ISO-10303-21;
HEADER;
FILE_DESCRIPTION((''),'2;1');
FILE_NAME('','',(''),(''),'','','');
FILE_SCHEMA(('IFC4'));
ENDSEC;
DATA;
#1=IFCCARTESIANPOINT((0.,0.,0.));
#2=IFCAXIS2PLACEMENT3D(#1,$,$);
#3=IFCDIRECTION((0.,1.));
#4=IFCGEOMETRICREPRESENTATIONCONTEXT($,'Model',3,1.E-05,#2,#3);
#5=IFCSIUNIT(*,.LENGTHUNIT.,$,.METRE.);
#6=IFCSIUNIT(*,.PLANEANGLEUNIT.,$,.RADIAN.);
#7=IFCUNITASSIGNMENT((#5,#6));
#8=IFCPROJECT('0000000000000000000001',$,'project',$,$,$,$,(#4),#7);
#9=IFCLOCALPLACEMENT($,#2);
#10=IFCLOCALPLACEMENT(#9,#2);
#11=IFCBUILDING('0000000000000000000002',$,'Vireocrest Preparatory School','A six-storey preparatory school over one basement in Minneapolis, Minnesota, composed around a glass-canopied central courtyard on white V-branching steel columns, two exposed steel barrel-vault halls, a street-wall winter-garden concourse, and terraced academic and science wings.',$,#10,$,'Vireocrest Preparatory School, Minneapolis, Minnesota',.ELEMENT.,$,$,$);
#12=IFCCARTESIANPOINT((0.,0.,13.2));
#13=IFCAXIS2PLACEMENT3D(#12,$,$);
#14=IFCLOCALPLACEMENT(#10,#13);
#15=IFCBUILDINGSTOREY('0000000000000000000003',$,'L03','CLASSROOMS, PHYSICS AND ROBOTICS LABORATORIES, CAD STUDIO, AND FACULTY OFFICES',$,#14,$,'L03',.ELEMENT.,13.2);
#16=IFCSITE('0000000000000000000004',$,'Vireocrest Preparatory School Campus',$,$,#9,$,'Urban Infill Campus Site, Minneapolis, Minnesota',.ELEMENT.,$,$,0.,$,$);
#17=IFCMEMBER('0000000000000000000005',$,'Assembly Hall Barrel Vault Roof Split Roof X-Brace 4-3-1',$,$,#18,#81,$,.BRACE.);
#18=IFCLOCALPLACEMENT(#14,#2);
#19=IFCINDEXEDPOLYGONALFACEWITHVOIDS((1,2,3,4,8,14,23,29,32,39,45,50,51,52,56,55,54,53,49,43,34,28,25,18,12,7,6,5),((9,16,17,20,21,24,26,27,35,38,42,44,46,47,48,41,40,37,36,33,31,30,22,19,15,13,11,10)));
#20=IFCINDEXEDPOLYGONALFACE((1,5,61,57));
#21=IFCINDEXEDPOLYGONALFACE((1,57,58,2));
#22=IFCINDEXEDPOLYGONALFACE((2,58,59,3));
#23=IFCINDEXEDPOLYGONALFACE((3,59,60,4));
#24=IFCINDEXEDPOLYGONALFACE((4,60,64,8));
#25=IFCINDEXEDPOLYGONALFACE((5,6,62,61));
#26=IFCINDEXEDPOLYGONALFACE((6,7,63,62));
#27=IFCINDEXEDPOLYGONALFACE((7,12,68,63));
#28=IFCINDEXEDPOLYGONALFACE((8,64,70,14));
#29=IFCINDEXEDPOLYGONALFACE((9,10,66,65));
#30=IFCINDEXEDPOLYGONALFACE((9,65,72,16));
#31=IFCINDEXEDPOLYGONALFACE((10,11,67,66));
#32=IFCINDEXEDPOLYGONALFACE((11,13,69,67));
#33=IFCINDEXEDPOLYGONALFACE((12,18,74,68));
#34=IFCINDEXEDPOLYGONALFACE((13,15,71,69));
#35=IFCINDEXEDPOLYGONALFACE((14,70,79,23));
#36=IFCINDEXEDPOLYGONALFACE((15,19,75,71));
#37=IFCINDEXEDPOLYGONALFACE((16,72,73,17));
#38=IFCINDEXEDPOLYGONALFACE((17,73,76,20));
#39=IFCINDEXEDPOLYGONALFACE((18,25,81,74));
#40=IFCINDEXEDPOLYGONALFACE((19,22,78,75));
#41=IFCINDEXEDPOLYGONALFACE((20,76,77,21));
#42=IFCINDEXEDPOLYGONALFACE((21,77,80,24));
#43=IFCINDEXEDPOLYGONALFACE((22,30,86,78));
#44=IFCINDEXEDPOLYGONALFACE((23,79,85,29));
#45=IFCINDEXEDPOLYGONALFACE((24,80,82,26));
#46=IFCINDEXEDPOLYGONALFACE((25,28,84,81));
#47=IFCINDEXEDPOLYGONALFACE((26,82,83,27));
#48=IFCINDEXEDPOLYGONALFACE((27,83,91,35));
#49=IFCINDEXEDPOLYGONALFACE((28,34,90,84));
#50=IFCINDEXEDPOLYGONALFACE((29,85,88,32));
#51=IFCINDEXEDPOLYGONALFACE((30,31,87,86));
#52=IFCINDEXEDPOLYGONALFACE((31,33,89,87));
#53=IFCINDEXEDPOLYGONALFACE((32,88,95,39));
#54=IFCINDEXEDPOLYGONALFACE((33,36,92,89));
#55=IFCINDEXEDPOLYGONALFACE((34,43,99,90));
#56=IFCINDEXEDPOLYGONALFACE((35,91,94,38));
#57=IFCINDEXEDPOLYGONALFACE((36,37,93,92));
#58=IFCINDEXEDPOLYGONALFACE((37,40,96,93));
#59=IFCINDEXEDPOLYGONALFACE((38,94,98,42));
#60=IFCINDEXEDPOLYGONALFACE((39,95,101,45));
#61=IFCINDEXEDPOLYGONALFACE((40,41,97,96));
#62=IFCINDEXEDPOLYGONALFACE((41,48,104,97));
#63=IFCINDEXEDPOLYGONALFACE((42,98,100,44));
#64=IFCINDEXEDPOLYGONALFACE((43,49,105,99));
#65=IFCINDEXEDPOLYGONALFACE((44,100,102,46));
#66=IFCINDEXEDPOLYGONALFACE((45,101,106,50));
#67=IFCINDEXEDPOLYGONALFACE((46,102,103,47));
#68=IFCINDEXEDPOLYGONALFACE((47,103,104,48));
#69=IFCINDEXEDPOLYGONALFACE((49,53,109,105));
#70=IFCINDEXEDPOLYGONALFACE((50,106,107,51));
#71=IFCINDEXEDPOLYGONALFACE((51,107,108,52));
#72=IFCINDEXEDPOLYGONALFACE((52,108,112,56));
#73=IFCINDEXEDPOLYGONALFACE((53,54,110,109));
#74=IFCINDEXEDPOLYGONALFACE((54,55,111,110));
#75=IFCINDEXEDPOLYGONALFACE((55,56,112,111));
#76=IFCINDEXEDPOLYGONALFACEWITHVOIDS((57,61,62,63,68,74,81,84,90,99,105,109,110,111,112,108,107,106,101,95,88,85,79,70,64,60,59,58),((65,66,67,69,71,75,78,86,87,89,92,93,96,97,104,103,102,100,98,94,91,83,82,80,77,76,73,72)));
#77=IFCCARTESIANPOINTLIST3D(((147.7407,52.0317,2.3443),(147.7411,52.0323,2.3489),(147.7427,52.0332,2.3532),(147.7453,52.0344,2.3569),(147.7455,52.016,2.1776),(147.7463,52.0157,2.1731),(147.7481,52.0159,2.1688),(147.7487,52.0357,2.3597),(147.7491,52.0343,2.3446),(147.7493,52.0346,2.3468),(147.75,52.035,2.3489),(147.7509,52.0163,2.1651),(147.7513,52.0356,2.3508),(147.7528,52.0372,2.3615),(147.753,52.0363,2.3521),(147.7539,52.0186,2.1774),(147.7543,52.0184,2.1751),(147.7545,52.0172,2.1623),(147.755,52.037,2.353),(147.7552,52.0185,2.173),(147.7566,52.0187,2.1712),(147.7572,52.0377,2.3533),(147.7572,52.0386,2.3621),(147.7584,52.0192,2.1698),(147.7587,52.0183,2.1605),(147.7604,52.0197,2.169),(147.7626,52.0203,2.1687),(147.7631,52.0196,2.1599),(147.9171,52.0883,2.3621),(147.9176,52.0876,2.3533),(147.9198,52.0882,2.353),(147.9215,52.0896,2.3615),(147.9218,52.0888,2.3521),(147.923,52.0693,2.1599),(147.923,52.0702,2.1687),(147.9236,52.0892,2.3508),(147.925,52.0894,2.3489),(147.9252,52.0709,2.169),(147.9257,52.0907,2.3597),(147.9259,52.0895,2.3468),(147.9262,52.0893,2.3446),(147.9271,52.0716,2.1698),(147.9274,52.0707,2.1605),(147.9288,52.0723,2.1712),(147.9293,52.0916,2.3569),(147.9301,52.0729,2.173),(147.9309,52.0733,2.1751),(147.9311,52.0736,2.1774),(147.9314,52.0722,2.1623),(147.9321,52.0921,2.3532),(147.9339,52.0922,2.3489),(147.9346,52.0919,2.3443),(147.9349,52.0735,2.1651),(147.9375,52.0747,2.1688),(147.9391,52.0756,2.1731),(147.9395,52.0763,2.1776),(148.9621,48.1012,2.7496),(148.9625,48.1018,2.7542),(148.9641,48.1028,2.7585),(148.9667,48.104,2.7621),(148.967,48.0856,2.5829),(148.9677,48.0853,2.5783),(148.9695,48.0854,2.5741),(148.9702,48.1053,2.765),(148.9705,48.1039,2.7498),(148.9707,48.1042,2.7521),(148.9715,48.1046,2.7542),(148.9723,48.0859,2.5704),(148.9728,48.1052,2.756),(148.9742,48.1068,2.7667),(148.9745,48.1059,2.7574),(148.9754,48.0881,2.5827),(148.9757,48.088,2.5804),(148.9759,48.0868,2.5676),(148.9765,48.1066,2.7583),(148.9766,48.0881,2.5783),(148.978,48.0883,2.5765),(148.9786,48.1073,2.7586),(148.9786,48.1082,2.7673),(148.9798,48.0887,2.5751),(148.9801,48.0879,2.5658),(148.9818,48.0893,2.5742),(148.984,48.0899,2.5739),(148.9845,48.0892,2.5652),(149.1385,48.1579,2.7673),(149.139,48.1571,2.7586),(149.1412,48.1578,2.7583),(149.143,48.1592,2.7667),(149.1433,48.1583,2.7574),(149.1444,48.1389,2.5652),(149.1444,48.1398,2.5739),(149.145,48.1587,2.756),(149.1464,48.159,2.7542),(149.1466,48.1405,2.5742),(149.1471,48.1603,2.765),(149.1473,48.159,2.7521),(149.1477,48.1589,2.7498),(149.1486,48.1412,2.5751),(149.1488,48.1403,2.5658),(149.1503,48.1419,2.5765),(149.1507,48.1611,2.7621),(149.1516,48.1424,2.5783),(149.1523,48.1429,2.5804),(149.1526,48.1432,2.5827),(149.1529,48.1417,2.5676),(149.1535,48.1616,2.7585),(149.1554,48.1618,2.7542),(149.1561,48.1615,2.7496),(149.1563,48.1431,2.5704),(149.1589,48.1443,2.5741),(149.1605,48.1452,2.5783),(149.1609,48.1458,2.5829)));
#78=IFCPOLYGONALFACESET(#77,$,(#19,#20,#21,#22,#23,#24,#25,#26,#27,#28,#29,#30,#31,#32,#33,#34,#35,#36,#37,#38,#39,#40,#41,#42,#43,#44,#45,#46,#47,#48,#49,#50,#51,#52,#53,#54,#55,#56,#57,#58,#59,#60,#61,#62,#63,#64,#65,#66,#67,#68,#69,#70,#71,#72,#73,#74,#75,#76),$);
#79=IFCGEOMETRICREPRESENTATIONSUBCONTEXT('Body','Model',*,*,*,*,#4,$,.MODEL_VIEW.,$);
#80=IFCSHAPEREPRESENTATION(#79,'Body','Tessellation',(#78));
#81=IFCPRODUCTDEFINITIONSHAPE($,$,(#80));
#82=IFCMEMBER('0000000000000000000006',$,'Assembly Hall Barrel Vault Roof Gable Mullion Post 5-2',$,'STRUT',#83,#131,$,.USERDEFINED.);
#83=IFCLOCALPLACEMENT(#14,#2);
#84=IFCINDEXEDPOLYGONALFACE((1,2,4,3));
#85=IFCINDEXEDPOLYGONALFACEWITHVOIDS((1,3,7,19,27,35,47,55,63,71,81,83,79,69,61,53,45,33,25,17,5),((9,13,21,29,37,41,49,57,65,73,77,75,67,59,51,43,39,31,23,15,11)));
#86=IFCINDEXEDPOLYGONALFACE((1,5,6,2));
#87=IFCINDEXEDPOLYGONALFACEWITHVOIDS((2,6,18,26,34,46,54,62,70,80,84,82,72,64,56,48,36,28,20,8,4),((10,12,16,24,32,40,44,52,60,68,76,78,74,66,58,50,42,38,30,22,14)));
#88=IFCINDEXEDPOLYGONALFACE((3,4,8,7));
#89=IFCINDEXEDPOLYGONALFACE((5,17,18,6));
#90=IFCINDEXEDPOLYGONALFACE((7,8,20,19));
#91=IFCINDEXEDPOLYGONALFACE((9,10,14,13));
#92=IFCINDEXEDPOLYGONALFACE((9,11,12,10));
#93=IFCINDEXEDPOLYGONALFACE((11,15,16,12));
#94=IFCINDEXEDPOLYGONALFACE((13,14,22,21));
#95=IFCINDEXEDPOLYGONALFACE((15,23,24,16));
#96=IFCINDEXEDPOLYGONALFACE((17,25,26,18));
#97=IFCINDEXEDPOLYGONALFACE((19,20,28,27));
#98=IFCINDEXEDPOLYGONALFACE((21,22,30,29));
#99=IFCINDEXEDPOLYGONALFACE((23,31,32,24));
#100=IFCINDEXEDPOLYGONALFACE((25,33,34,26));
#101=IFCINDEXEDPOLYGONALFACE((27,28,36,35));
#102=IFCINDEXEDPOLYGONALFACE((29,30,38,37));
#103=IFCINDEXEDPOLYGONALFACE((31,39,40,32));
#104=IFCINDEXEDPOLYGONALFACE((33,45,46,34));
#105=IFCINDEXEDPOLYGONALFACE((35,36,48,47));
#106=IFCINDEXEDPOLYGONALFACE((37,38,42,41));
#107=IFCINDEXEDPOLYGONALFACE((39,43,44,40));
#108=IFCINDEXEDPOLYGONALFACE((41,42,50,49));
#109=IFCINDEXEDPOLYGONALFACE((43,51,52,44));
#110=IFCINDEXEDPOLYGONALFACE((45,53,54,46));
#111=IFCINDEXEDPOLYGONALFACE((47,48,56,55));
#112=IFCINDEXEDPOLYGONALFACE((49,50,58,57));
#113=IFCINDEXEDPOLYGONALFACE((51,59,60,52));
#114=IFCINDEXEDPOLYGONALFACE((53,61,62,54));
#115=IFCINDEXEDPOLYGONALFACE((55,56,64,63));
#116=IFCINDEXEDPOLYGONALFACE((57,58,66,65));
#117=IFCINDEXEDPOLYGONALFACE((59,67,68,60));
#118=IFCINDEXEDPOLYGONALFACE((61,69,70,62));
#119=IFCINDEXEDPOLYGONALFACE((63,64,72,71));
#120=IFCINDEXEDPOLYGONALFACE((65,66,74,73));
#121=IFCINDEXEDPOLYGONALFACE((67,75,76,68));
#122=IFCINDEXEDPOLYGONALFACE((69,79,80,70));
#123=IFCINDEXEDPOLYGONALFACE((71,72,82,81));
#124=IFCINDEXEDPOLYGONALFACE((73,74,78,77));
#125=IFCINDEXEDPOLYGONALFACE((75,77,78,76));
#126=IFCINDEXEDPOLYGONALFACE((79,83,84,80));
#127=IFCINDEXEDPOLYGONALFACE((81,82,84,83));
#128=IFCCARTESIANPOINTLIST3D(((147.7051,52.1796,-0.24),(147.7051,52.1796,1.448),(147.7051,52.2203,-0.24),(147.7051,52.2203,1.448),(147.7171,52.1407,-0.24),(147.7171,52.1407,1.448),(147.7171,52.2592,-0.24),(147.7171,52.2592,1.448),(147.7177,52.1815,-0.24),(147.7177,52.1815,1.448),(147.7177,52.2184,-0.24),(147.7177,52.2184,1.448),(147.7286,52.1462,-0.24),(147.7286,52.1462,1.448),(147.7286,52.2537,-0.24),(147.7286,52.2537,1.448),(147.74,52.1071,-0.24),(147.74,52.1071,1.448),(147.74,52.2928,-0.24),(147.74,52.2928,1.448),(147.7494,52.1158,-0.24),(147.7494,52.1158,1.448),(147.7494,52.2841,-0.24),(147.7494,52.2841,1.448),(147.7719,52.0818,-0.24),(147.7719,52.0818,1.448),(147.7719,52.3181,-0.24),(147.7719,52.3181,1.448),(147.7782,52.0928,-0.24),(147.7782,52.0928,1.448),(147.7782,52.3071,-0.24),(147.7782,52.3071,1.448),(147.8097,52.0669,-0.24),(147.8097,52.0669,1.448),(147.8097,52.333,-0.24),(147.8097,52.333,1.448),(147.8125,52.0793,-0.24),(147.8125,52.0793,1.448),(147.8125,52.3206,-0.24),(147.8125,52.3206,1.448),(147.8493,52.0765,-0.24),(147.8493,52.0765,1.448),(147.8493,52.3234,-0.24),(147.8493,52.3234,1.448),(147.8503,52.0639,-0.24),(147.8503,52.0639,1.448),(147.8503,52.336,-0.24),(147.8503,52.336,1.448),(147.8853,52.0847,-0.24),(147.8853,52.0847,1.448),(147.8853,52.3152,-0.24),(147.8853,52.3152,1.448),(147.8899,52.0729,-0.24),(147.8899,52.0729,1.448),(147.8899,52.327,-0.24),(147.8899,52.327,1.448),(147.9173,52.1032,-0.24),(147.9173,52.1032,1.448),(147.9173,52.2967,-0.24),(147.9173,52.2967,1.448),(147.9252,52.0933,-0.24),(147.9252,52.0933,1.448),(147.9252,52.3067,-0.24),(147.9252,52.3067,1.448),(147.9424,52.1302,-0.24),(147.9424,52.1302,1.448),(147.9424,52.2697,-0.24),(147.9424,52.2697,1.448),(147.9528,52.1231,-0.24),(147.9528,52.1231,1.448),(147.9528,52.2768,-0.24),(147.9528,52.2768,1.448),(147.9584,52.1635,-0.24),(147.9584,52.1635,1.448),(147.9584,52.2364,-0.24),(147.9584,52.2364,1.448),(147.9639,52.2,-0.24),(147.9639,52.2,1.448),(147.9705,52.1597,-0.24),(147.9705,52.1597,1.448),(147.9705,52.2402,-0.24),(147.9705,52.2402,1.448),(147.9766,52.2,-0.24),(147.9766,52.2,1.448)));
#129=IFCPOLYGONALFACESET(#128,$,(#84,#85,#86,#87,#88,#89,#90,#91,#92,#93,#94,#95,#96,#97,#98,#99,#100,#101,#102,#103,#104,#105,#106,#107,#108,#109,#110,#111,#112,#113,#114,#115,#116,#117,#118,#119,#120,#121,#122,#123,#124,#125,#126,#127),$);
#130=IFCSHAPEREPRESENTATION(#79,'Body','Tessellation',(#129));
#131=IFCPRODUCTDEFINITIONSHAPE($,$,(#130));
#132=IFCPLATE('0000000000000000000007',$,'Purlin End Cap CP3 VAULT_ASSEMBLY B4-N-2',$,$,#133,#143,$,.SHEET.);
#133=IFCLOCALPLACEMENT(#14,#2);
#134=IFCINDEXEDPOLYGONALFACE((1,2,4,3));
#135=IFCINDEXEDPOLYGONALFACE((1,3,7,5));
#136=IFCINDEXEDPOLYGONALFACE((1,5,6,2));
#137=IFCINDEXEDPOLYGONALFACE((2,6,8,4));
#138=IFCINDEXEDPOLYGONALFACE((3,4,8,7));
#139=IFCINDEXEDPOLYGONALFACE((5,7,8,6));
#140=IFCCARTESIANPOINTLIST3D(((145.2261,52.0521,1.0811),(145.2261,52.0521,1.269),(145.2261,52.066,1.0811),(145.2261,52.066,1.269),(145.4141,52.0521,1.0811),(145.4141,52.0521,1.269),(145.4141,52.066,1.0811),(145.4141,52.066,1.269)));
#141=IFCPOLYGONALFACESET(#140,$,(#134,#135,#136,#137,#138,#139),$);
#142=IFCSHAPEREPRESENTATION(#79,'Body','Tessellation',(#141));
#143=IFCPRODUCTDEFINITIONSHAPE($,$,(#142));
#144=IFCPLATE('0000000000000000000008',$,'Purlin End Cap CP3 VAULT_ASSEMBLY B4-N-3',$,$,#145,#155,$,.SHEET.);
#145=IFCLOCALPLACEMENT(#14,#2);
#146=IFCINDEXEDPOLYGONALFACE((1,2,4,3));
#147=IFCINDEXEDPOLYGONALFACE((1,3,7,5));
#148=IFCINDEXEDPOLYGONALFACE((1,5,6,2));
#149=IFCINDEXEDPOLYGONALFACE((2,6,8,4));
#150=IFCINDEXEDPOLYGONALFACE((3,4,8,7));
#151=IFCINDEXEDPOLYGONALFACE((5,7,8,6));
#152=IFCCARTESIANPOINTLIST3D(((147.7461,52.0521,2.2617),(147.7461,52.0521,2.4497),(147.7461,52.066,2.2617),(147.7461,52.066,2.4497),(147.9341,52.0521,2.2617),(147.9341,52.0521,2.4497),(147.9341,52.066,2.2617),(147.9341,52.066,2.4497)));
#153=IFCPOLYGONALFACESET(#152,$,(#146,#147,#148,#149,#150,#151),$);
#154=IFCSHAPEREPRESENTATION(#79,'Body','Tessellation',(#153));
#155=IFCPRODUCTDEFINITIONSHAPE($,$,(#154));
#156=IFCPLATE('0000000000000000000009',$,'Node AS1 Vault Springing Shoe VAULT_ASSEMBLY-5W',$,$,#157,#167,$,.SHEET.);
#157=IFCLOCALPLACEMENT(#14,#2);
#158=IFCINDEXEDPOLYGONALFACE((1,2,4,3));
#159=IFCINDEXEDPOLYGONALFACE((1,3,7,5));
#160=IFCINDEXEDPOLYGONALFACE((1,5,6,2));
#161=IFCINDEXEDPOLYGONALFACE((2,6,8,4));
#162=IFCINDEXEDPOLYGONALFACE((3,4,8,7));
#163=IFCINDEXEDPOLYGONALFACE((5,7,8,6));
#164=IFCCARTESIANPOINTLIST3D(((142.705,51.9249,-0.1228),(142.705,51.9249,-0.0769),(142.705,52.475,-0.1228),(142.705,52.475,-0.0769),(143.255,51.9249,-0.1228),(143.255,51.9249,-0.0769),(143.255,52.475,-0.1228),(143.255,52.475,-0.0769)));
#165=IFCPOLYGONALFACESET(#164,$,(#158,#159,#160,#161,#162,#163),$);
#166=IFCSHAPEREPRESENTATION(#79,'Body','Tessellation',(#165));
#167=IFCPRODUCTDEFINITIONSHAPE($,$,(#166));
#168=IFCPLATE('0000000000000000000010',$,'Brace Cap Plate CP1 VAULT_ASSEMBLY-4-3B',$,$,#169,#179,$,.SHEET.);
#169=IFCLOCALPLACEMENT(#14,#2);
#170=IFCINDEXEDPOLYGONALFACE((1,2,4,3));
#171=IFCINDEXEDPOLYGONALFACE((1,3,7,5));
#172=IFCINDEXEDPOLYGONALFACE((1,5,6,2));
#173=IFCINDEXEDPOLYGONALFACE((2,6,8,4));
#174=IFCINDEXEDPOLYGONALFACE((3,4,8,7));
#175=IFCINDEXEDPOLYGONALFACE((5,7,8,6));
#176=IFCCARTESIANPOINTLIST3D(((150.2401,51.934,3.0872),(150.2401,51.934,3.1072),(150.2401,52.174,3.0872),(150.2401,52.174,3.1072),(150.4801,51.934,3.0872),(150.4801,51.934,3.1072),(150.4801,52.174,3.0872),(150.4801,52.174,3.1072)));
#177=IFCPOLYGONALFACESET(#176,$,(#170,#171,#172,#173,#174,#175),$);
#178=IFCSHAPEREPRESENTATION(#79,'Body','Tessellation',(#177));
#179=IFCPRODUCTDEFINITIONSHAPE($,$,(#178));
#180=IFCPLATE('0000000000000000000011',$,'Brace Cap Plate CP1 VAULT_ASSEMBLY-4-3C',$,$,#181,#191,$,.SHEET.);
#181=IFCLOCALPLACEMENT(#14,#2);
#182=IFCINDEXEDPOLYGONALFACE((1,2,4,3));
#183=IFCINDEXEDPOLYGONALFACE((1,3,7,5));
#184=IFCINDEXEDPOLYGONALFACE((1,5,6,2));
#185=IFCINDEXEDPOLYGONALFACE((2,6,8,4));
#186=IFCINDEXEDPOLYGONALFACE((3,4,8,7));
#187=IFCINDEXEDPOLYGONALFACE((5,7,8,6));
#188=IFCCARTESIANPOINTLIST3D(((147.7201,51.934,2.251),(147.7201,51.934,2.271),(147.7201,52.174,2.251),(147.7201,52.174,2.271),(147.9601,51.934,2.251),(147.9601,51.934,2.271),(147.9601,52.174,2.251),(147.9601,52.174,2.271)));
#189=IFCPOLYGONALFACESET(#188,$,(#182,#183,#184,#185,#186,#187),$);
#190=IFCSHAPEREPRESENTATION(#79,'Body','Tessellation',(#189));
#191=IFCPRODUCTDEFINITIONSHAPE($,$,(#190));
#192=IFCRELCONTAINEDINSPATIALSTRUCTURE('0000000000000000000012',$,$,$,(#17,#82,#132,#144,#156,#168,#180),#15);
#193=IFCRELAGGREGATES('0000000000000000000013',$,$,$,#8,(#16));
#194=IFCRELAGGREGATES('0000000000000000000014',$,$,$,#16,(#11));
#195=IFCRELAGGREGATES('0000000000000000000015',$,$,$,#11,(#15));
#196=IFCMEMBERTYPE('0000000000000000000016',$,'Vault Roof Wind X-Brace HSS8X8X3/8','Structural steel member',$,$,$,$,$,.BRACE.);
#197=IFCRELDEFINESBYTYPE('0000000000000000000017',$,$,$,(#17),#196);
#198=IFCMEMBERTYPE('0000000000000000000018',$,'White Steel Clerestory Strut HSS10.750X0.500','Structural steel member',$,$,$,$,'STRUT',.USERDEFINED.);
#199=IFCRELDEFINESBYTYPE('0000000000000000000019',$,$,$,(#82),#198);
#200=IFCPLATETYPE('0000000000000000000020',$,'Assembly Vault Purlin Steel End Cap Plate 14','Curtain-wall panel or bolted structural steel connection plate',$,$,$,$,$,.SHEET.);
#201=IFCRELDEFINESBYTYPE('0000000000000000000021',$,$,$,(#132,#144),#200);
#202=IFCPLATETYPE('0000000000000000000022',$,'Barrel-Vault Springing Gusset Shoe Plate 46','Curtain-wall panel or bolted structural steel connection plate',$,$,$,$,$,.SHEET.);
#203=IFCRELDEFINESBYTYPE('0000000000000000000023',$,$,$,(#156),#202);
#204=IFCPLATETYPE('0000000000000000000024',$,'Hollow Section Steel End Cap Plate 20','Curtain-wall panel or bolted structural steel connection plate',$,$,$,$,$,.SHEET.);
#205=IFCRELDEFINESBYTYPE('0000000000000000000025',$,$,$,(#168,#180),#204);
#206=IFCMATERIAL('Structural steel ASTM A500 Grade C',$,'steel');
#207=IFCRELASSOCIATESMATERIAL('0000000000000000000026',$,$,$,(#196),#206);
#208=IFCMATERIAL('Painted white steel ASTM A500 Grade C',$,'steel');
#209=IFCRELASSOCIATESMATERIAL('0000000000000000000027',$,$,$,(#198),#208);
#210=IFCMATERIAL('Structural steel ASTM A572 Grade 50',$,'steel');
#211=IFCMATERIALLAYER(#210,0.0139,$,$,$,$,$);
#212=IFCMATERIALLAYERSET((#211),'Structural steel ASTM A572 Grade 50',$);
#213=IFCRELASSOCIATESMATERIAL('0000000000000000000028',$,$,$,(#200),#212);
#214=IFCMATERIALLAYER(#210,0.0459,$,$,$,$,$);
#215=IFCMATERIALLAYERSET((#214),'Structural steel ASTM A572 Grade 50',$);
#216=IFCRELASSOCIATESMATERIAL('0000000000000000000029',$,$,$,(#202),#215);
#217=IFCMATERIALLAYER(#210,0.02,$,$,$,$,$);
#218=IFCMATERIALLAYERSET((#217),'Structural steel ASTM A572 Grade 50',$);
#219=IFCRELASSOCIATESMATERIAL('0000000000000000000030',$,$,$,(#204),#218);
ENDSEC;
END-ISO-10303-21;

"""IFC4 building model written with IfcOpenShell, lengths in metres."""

from ifc_helpers import new_model, si_unit, direction, frame, origin, origin_2d, place, context, subcontext, project, spatial, rectangle, hollow_rectangle, hollow_circle, extrude, material, layer, layer_set, material_profile, profile_set, type_object, element, save


model = new_model("IFC4")

# Units and contexts
model_context = context("Model", 3, precision=1e-05, world=origin(), true_north=direction((0.0, 1.0)))
body_context = subcontext(model_context, "Body", "Model", "MODEL_VIEW")
ifc_project = project(units=[si_unit("LENGTHUNIT", "METRE"), si_unit("PLANEANGLEUNIT", "RADIAN")], contexts=[model_context])

# Site, building, storey
site_placement = place(None, origin())
site = spatial("IfcSite", under=ifc_project, at=site_placement, Name="Vireocrest Preparatory School Campus", LongName="Urban Infill Campus Site, Minneapolis, Minnesota", CompositionType="ELEMENT", RefElevation=0.0)
building_placement = place(site_placement, origin())
building = spatial("IfcBuilding", under=site, at=building_placement, Name="Vireocrest Preparatory School", Description="A six-storey preparatory school over one basement in Minneapolis, Minnesota, composed around a glass-canopied central courtyard on white V-branching steel columns, two exposed steel barrel-vault halls, a street-wall winter-garden concourse, and terraced academic and science wings.", LongName="Vireocrest Preparatory School, Minneapolis, Minnesota", CompositionType="ELEMENT")
storey_placement = place(building_placement, frame((0.0, 0.0, 13.2)))
storey = spatial("IfcBuildingStorey", under=building, at=storey_placement, Name="L03", Description="CLASSROOMS, PHYSICS AND ROBOTICS LABORATORIES, CAD STUDIO, AND FACULTY OFFICES", LongName="L03", CompositionType="ELEMENT", Elevation=13.2)

# Members
ifc_material_1 = material(Name="Structural steel ASTM A500 Grade C", Category="steel")
ifc_material_profile_1 = material_profile(ifc_material_1, hollow_rectangle(XDim=0.2031, YDim=0.2031, WallThickness=0.0088, InnerFilletRadius=0.0088, OuterFilletRadius=0.0178, at=origin_2d()), Name="HSS8X8X3/8")
ifc_profile_set_1 = profile_set([ifc_material_profile_1], Name="Structural steel ASTM A500 Grade C")
member_type_1 = type_object("IfcMemberType", Name="Vault Roof Wind X-Brace HSS8X8X3/8", Description="Structural steel member", PredefinedType="BRACE", material=ifc_profile_set_1)
member_1_placement = place(storey_placement, frame((147.8401, 52.054, 2.261), z_axis=(0.295337, -0.950355, 0.097993), x_axis=(0.954951, 0.296765, 0.0)))
element("IfcMember", 1, at=member_1_placement, inside=storey, type_object=member_type_1, Name="Assembly Hall Barrel Vault Roof Split Roof X-Brace 4-3-1", PredefinedType="BRACE", context=body_context, shape_type="SweptSolid", body=[
    extrude(hollow_rectangle(XDim=0.2031, YDim=0.2031, WallThickness=0.0088, InnerFilletRadius=0.0088, OuterFilletRadius=0.0178, at=origin_2d()), origin(), (0.0, 0.0, 1.0), 4.1357),
])
ifc_material_2 = material(Name="Painted white steel ASTM A500 Grade C", Category="steel")
ifc_material_profile_2 = material_profile(ifc_material_2, hollow_circle(Radius=0.1365, WallThickness=0.0127, at=origin_2d()), Name="HSS10.750X0.500")
ifc_profile_set_2 = profile_set([ifc_material_profile_2], Name="Painted white steel ASTM A500 Grade C")
member_type_2 = type_object("IfcMemberType", Name="White Steel Clerestory Strut HSS10.750X0.500", Description="Structural steel member", ElementType="STRUT", PredefinedType="USERDEFINED", material=ifc_profile_set_2)
member_2_placement = place(storey_placement, frame((147.8401, 52.2, -0.24), z_axis=(0.0, 0.0, 1.0), x_axis=(1.0, 0.0, 0.0)))
element("IfcMember", 2, at=member_2_placement, inside=storey, type_object=member_type_2, Name="Assembly Hall Barrel Vault Roof Gable Mullion Post 5-2", ObjectType="STRUT", PredefinedType="USERDEFINED", context=body_context, shape_type="SweptSolid", body=[
    extrude(hollow_circle(Radius=0.1365, WallThickness=0.0127, at=origin_2d()), origin(), (0.0, 0.0, 1.0), 1.688),
])

# Plates
ifc_material_3 = material(Name="Structural steel ASTM A572 Grade 50", Category="steel")
ifc_layer_1 = layer(ifc_material_3, 0.0139)
ifc_layer_set_1 = layer_set([ifc_layer_1], Name="Structural steel ASTM A572 Grade 50")
plate_type_1 = type_object("IfcPlateType", Name="Assembly Vault Purlin Steel End Cap Plate 14", Description="Curtain-wall panel or bolted structural steel connection plate", PredefinedType="SHEET", material=ifc_layer_set_1)
for number, where, z_axis, x_axis, name in (
    (3, (145.3201, 52.0591, 1.0811), (0.0, 0.0, 1.0), (1.0, 0.0, 0.0), "Purlin End Cap CP3 VAULT_ASSEMBLY B4-N-2"),
    (4, (147.8401, 52.0591, 2.2617), (0.0, 0.0, 1.0), (1.0, 0.0, 0.0), "Purlin End Cap CP3 VAULT_ASSEMBLY B4-N-3"),
):
    element("IfcPlate", number, at=place(storey_placement, frame(where, z_axis=z_axis, x_axis=x_axis)), inside=storey, type_object=plate_type_1, Name=name, PredefinedType="SHEET", context=body_context, shape_type="SweptSolid", body=[
        extrude(rectangle(XDim=0.188, YDim=0.0139, at=origin_2d()), origin(), (0.0, 0.0, 1.0), 0.188),
    ])
ifc_layer_2 = layer(ifc_material_3, 0.0459)
ifc_layer_set_2 = layer_set([ifc_layer_2], Name="Structural steel ASTM A572 Grade 50")
plate_type_2 = type_object("IfcPlateType", Name="Barrel-Vault Springing Gusset Shoe Plate 46", Description="Curtain-wall panel or bolted structural steel connection plate", PredefinedType="SHEET", material=ifc_layer_set_2)
plate_1_placement = place(storey_placement, frame((142.98, 52.2, -0.1228), z_axis=(0.0, 0.0, 1.0), x_axis=(1.0, 0.0, 0.0)))
element("IfcPlate", 5, at=plate_1_placement, inside=storey, type_object=plate_type_2, Name="Node AS1 Vault Springing Shoe VAULT_ASSEMBLY-5W", PredefinedType="SHEET", context=body_context, shape_type="SweptSolid", body=[
    extrude(rectangle(XDim=0.55, YDim=0.55, at=origin_2d()), origin(), (0.0, 0.0, 1.0), 0.0459),
])
ifc_layer_3 = layer(ifc_material_3, 0.02)
ifc_layer_set_3 = layer_set([ifc_layer_3], Name="Structural steel ASTM A572 Grade 50")
plate_type_3 = type_object("IfcPlateType", Name="Hollow Section Steel End Cap Plate 20", Description="Curtain-wall panel or bolted structural steel connection plate", PredefinedType="SHEET", material=ifc_layer_set_3)
for number, where, z_axis, x_axis, name in (
    (6, (150.3601, 52.054, 3.0872), (0.0, 0.0, 1.0), (1.0, 0.0, 0.0), "Brace Cap Plate CP1 VAULT_ASSEMBLY-4-3B"),
    (7, (147.8401, 52.054, 2.251), (0.0, 0.0, 1.0), (1.0, 0.0, 0.0), "Brace Cap Plate CP1 VAULT_ASSEMBLY-4-3C"),
):
    element("IfcPlate", number, at=place(storey_placement, frame(where, z_axis=z_axis, x_axis=x_axis)), inside=storey, type_object=plate_type_3, Name=name, PredefinedType="SHEET", context=body_context, shape_type="SweptSolid", body=[
        extrude(rectangle(XDim=0.24, YDim=0.24, at=origin_2d()), origin(), (0.0, 0.0, 1.0), 0.02),
    ])

save(model, "model.ifc")
